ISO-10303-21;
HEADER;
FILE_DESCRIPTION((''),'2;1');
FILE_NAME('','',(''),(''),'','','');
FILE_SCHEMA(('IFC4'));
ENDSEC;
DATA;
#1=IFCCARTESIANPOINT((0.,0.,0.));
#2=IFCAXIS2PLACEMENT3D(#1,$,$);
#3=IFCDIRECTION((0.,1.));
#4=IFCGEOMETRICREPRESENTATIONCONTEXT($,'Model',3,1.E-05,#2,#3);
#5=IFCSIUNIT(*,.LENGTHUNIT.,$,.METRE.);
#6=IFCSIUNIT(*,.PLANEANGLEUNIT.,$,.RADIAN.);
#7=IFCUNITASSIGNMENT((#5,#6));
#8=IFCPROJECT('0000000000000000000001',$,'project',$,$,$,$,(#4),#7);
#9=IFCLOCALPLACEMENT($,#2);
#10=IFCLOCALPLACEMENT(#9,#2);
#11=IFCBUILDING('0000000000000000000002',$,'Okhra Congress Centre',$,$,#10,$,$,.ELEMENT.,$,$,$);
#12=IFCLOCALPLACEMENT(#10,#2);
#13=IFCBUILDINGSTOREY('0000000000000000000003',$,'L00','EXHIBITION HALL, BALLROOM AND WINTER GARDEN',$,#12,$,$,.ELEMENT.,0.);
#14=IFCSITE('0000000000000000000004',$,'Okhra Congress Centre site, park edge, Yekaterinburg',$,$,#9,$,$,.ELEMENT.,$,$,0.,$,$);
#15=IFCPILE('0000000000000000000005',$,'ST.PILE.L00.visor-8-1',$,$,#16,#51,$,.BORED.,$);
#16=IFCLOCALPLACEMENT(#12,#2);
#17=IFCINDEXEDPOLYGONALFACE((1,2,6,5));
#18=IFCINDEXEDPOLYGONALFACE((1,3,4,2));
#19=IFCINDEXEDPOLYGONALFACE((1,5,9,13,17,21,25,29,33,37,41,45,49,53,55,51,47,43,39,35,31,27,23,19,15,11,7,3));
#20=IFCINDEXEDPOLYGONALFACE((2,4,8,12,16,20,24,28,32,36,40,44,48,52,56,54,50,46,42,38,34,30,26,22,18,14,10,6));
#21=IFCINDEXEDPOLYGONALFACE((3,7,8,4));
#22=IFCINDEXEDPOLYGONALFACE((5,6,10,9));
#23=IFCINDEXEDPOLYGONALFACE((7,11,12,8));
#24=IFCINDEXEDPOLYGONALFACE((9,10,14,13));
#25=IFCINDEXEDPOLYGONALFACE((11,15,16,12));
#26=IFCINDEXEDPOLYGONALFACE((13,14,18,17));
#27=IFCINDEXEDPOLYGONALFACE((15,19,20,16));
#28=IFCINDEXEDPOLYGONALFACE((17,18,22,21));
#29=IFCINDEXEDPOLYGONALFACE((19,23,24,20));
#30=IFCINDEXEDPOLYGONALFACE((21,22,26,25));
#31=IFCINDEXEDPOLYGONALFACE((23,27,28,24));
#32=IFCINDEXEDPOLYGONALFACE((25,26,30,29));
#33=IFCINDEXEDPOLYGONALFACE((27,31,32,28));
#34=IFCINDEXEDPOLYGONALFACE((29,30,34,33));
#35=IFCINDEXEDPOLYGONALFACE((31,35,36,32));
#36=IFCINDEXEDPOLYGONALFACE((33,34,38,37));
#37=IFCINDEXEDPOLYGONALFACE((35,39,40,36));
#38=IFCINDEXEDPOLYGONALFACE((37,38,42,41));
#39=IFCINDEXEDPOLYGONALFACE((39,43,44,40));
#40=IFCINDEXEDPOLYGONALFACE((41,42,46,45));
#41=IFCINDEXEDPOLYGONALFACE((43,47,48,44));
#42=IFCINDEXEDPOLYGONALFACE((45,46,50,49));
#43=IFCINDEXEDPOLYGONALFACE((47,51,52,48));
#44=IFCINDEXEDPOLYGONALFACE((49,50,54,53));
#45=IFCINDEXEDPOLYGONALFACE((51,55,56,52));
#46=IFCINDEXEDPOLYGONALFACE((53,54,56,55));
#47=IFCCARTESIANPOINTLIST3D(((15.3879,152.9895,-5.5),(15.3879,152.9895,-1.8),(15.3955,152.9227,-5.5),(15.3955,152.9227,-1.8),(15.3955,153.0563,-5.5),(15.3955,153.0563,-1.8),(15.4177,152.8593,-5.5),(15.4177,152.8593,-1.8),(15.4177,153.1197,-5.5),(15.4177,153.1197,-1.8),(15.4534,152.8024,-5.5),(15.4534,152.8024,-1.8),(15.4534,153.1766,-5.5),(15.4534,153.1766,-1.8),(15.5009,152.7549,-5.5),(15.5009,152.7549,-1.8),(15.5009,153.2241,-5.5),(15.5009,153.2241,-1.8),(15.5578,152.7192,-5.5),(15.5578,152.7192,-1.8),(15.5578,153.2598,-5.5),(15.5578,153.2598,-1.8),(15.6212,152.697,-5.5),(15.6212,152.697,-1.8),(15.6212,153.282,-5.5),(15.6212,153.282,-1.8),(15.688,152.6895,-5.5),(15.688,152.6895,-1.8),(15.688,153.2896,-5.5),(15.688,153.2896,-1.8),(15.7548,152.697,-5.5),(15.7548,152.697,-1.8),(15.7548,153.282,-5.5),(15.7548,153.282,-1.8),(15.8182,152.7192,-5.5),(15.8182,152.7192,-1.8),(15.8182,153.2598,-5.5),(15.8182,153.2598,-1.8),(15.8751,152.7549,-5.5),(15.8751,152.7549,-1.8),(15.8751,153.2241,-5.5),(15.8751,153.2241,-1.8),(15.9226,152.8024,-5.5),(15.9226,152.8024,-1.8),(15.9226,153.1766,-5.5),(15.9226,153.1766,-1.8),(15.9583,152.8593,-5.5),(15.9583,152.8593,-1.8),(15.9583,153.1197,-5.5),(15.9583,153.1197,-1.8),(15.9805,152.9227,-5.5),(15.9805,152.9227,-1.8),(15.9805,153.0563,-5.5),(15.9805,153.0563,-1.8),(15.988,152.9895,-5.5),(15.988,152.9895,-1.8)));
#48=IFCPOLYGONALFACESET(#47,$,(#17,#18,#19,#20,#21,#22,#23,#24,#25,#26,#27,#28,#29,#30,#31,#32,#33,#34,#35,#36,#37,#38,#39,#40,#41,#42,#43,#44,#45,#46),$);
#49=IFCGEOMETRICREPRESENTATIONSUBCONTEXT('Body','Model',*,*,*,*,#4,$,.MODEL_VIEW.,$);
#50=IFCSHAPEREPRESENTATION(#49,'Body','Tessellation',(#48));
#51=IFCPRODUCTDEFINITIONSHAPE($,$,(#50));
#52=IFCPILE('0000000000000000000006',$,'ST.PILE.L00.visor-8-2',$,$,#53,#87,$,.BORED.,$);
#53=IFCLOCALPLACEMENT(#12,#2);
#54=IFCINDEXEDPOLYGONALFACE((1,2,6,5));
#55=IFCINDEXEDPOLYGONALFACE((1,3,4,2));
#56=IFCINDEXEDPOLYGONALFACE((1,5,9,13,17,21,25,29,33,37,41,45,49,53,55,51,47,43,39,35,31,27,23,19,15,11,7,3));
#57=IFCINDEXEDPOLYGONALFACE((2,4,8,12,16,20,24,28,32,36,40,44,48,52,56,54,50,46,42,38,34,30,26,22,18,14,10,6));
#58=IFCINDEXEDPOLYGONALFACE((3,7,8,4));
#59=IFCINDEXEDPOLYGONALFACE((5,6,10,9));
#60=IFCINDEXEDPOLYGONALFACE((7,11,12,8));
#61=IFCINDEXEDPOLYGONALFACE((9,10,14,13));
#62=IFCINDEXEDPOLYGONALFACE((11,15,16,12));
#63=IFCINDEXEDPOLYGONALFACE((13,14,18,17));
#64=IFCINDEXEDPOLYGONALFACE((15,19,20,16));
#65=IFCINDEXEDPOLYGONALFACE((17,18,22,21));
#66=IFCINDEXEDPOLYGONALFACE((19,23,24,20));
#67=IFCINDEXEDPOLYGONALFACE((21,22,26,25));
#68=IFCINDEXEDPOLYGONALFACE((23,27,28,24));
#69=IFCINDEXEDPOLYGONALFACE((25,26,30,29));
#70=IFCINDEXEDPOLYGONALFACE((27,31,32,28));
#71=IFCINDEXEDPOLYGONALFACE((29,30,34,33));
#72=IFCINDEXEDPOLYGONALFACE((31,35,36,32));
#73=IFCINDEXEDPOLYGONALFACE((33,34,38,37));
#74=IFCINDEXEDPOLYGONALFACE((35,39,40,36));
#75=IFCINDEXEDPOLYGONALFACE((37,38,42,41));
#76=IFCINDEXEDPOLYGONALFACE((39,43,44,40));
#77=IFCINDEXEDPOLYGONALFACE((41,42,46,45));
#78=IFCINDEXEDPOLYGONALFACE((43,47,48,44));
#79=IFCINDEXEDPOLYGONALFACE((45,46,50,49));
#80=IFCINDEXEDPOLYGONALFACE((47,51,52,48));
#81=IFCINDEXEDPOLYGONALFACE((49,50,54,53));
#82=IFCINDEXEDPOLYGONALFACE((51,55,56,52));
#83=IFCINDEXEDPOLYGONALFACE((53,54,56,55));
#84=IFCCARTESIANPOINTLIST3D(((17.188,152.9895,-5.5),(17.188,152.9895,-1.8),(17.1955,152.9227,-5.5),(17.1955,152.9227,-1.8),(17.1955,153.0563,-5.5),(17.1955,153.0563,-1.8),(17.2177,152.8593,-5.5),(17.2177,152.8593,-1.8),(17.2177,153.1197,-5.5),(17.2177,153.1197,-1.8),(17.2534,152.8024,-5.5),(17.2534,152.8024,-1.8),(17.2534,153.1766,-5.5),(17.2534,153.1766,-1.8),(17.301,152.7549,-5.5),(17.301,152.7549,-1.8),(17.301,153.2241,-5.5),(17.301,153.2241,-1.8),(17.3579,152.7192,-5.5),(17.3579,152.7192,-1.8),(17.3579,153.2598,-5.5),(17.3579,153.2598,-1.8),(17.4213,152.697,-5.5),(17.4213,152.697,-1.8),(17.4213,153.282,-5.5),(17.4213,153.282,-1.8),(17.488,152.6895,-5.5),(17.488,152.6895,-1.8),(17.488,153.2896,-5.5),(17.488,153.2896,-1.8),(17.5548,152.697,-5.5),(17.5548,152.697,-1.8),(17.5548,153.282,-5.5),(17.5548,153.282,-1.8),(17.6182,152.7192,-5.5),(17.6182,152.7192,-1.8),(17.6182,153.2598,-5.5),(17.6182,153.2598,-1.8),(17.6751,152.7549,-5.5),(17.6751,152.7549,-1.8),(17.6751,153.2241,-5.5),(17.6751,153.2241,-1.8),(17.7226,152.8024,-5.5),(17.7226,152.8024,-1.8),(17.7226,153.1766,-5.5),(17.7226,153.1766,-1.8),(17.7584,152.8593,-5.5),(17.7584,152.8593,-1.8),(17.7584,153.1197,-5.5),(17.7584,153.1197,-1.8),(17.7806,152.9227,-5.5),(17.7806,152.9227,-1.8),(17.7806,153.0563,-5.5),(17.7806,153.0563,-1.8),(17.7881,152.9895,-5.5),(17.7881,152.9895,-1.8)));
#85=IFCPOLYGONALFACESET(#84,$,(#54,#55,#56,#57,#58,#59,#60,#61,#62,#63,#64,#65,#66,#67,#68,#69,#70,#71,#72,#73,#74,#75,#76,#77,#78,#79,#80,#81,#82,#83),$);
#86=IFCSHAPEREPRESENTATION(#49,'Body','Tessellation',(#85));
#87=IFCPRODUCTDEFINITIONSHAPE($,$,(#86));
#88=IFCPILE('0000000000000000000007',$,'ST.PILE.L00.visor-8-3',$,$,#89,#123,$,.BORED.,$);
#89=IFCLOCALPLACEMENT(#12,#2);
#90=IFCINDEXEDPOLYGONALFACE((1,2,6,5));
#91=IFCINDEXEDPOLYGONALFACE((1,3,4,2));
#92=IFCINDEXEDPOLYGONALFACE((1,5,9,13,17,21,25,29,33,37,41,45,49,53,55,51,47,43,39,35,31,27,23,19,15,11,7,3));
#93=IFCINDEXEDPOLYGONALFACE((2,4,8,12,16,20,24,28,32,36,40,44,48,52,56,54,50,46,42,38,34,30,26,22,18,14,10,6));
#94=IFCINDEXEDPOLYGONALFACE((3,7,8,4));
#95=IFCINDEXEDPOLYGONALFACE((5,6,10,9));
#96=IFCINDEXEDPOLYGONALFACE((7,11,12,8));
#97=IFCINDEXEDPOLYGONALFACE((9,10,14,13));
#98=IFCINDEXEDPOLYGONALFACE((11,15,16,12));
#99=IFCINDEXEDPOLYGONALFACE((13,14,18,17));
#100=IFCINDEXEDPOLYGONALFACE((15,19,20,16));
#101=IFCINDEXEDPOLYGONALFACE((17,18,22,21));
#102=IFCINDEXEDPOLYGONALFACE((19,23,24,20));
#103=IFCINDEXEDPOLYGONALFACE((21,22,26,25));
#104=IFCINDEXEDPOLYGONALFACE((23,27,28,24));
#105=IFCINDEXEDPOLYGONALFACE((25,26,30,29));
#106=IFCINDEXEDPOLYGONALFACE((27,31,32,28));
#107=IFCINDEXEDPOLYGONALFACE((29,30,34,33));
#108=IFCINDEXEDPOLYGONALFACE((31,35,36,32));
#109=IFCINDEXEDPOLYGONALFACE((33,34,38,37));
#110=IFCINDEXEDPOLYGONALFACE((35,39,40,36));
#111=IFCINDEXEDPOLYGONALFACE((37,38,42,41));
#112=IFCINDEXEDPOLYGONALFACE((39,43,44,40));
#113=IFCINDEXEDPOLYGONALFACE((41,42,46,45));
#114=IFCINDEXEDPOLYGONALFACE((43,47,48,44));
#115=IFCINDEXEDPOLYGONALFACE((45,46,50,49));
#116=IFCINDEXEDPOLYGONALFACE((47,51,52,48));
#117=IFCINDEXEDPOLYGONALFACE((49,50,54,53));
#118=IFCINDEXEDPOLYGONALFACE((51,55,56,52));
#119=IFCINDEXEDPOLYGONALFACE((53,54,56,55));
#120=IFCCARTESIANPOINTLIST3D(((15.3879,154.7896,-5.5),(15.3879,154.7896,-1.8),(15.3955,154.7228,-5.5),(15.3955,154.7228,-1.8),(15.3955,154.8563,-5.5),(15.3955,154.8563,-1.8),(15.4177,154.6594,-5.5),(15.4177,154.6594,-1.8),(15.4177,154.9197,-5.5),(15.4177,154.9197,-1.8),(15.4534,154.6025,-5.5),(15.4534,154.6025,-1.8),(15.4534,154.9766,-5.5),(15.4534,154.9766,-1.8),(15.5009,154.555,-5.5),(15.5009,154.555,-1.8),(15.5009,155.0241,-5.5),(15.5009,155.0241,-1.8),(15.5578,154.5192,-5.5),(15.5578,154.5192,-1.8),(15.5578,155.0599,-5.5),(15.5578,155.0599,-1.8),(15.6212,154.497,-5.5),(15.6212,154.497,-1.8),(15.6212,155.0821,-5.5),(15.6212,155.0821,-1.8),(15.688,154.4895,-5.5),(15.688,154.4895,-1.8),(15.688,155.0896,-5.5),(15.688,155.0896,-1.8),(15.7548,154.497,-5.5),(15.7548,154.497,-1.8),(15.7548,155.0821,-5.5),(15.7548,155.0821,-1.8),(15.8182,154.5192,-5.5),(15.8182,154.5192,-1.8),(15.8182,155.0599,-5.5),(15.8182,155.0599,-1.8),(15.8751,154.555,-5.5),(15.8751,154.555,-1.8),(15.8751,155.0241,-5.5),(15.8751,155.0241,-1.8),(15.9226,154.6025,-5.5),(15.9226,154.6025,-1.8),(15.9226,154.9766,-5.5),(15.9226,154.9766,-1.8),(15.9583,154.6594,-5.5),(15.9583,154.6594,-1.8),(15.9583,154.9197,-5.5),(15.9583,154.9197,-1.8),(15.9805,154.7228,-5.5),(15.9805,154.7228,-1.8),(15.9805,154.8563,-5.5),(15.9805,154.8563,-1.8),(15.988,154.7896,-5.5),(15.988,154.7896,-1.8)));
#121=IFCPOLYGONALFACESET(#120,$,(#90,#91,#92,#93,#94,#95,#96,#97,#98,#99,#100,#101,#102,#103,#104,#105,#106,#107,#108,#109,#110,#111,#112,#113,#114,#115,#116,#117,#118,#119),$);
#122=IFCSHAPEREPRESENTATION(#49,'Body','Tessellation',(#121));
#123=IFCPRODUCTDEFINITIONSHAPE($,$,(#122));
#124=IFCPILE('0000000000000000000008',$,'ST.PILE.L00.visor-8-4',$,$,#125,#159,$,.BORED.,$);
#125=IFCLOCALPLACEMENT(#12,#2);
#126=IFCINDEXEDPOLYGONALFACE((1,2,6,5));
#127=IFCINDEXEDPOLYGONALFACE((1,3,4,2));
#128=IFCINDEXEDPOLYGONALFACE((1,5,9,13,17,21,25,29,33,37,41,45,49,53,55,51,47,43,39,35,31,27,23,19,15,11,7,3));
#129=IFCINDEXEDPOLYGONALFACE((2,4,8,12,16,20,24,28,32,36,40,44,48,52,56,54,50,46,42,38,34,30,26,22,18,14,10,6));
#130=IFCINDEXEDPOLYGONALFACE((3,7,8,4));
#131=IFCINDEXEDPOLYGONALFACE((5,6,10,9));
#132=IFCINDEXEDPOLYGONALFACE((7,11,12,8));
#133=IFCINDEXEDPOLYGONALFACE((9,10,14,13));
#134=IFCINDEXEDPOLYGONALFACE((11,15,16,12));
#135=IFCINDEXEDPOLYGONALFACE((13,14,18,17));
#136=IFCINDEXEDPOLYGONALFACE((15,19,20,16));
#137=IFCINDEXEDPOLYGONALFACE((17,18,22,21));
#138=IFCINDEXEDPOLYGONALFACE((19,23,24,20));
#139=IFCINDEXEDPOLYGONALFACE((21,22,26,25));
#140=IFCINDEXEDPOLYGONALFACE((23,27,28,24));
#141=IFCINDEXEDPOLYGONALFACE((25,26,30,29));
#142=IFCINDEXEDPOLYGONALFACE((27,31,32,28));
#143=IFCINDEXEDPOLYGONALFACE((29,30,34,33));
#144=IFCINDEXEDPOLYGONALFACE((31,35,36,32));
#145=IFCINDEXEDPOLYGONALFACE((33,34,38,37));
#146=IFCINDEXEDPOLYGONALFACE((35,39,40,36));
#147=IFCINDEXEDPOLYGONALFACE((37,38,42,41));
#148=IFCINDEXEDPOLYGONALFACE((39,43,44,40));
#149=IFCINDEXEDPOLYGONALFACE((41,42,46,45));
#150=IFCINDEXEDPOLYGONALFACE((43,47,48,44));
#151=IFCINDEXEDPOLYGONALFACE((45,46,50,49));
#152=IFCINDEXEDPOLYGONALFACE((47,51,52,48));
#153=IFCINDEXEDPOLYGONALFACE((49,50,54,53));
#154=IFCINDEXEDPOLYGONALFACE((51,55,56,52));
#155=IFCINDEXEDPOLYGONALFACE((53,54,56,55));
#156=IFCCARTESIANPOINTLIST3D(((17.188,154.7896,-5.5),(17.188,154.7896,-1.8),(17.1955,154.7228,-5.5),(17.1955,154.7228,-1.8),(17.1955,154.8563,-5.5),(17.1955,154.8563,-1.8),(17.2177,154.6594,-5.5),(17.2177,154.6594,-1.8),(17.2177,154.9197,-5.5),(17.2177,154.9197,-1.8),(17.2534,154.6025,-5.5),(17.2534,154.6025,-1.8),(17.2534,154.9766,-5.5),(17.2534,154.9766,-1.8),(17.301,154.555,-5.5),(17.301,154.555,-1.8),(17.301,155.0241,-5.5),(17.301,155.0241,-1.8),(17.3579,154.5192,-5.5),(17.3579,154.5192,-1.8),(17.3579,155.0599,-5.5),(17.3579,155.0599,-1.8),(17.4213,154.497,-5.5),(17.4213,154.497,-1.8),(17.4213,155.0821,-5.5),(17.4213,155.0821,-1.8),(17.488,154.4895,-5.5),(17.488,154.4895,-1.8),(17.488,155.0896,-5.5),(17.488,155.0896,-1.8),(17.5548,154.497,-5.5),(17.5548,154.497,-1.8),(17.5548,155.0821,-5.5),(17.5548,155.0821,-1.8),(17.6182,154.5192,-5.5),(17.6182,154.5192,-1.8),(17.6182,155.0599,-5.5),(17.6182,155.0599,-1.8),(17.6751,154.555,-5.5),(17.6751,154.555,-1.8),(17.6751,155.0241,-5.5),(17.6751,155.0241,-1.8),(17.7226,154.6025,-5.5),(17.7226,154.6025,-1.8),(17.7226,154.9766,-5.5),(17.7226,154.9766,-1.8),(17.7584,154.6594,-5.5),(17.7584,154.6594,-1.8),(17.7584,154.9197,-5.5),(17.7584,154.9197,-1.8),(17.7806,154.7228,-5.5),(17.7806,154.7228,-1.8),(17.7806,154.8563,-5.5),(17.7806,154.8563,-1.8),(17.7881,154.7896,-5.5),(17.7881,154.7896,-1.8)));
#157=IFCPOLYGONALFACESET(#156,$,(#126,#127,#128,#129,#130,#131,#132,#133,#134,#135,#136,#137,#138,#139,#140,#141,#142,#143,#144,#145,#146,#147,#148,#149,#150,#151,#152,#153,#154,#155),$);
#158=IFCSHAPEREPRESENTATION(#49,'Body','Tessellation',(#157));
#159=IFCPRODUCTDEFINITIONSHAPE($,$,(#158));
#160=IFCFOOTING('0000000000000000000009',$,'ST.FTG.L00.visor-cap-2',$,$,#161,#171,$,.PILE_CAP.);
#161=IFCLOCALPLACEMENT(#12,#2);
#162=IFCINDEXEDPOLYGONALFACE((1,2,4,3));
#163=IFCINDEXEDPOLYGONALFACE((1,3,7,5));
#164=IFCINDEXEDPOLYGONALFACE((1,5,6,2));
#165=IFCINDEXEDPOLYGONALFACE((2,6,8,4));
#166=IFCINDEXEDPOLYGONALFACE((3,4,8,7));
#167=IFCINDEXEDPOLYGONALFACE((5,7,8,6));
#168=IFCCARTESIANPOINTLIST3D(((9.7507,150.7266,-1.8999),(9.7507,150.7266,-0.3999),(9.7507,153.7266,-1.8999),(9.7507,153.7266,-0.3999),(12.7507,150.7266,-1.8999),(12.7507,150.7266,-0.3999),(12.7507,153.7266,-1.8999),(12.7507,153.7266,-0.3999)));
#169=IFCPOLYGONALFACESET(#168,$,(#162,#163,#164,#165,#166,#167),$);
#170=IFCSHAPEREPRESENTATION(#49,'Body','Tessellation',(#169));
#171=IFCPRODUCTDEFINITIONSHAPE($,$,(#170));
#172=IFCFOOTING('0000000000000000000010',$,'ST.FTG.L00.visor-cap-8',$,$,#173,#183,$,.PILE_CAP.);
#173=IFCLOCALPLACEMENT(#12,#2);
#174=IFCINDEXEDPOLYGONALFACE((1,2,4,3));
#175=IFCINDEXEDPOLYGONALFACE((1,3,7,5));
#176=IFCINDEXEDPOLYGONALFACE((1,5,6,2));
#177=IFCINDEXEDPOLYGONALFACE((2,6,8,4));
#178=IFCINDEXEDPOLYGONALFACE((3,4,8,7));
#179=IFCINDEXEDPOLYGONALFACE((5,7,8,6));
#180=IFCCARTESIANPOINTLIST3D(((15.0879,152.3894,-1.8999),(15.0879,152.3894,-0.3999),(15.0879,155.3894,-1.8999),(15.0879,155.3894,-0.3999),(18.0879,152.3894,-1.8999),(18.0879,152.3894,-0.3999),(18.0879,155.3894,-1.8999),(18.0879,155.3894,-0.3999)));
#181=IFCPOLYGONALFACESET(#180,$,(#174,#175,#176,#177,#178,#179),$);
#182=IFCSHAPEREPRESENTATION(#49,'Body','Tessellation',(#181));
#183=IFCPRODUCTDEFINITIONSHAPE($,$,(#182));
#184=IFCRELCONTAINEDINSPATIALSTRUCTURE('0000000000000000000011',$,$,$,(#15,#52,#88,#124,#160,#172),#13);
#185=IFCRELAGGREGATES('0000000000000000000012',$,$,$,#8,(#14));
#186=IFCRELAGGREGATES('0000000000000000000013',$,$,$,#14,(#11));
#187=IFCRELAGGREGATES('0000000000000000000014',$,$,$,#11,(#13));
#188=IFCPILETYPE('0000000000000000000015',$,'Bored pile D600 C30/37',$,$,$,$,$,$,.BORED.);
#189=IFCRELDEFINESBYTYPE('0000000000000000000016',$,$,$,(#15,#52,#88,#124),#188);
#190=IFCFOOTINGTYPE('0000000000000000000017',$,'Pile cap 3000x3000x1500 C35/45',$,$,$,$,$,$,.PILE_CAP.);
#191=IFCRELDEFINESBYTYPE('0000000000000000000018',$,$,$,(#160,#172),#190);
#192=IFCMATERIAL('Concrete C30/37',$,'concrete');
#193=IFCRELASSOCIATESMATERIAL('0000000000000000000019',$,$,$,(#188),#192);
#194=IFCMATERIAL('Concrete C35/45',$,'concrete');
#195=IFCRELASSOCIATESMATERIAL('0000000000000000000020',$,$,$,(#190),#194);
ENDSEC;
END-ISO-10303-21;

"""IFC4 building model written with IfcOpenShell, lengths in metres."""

from ifc_helpers import new_model, si_unit, direction, frame, origin, origin_2d, place, context, subcontext, project, spatial, rectangle, circle, extrude, material, material_profile, profile_set, type_object, element, save


model = new_model("IFC4")

# Units and contexts
model_context = context("Model", 3, precision=1e-05, world=origin(), true_north=direction((0.0, 1.0)))
body_context = subcontext(model_context, "Body", "Model", "MODEL_VIEW")
ifc_project = project(units=[si_unit("LENGTHUNIT", "METRE"), si_unit("PLANEANGLEUNIT", "RADIAN")], contexts=[model_context])

# Site, building, storey
site_placement = place(None, origin())
site = spatial("IfcSite", under=ifc_project, at=site_placement, Name="Okhra Congress Centre site, park edge, Yekaterinburg", CompositionType="ELEMENT", RefElevation=0.0)
building_placement = place(site_placement, origin())
building = spatial("IfcBuilding", under=site, at=building_placement, Name="Okhra Congress Centre", CompositionType="ELEMENT")
storey_placement = place(building_placement, origin())
storey = spatial("IfcBuildingStorey", under=building, at=storey_placement, Name="L00", Description="EXHIBITION HALL, BALLROOM AND WINTER GARDEN", CompositionType="ELEMENT", Elevation=0.0)

# Piles
ifc_material_1 = material(Name="Concrete C30/37", Category="concrete")
ifc_material_profile_1 = material_profile(ifc_material_1, circle(Radius=0.3, at=origin_2d()), Name="D600")
ifc_profile_set_1 = profile_set([ifc_material_profile_1], Name="Concrete C30/37")
pile_type = type_object("IfcPileType", Name="Bored pile D600 C30/37", PredefinedType="BORED", material=ifc_profile_set_1)
for number, where, z_axis, x_axis, name in (
    (1, (15.688, 152.9895, -1.8), (0.0, 0.0, -1.0), (1.0, 0.0, 0.0), "ST.PILE.L00.visor-8-1"),
    (2, (17.488, 152.9895, -1.8), (0.0, 0.0, -1.0), (1.0, 0.0, 0.0), "ST.PILE.L00.visor-8-2"),
    (3, (15.688, 154.7896, -1.8), (0.0, 0.0, -1.0), (1.0, 0.0, 0.0), "ST.PILE.L00.visor-8-3"),
    (4, (17.488, 154.7896, -1.8), (0.0, 0.0, -1.0), (1.0, 0.0, 0.0), "ST.PILE.L00.visor-8-4"),
):
    element("IfcPile", number, at=place(storey_placement, frame(where, z_axis=z_axis, x_axis=x_axis)), inside=storey, type_object=pile_type, Name=name, PredefinedType="BORED", context=body_context, shape_type="SweptSolid", body=[
        extrude(circle(Radius=0.3, at=origin_2d()), origin(), (0.0, 0.0, 1.0), 3.7),
    ])

# Footings
ifc_material_2 = material(Name="Concrete C35/45", Category="concrete")
footing_type = type_object("IfcFootingType", Name="Pile cap 3000x3000x1500 C35/45", PredefinedType="PILE_CAP", material=ifc_material_2)
for number, where, z_axis, x_axis, name in (
    (5, (11.2507, 152.2266, -1.8999), (0.0, 0.0, 1.0), (1.0, 0.0, 0.0), "ST.FTG.L00.visor-cap-2"),
    (6, (16.5879, 153.8894, -1.8999), (0.0, 0.0, 1.0), (1.0, 0.0, 0.0), "ST.FTG.L00.visor-cap-8"),
):
    element("IfcFooting", number, at=place(storey_placement, frame(where, z_axis=z_axis, x_axis=x_axis)), inside=storey, type_object=footing_type, Name=name, PredefinedType="PILE_CAP", context=body_context, shape_type="SweptSolid", body=[
        extrude(rectangle(XDim=3.0, YDim=3.0, at=origin_2d()), origin(), (0.0, 0.0, 1.0), 1.5),
    ])

save(model, "model.ifc")
